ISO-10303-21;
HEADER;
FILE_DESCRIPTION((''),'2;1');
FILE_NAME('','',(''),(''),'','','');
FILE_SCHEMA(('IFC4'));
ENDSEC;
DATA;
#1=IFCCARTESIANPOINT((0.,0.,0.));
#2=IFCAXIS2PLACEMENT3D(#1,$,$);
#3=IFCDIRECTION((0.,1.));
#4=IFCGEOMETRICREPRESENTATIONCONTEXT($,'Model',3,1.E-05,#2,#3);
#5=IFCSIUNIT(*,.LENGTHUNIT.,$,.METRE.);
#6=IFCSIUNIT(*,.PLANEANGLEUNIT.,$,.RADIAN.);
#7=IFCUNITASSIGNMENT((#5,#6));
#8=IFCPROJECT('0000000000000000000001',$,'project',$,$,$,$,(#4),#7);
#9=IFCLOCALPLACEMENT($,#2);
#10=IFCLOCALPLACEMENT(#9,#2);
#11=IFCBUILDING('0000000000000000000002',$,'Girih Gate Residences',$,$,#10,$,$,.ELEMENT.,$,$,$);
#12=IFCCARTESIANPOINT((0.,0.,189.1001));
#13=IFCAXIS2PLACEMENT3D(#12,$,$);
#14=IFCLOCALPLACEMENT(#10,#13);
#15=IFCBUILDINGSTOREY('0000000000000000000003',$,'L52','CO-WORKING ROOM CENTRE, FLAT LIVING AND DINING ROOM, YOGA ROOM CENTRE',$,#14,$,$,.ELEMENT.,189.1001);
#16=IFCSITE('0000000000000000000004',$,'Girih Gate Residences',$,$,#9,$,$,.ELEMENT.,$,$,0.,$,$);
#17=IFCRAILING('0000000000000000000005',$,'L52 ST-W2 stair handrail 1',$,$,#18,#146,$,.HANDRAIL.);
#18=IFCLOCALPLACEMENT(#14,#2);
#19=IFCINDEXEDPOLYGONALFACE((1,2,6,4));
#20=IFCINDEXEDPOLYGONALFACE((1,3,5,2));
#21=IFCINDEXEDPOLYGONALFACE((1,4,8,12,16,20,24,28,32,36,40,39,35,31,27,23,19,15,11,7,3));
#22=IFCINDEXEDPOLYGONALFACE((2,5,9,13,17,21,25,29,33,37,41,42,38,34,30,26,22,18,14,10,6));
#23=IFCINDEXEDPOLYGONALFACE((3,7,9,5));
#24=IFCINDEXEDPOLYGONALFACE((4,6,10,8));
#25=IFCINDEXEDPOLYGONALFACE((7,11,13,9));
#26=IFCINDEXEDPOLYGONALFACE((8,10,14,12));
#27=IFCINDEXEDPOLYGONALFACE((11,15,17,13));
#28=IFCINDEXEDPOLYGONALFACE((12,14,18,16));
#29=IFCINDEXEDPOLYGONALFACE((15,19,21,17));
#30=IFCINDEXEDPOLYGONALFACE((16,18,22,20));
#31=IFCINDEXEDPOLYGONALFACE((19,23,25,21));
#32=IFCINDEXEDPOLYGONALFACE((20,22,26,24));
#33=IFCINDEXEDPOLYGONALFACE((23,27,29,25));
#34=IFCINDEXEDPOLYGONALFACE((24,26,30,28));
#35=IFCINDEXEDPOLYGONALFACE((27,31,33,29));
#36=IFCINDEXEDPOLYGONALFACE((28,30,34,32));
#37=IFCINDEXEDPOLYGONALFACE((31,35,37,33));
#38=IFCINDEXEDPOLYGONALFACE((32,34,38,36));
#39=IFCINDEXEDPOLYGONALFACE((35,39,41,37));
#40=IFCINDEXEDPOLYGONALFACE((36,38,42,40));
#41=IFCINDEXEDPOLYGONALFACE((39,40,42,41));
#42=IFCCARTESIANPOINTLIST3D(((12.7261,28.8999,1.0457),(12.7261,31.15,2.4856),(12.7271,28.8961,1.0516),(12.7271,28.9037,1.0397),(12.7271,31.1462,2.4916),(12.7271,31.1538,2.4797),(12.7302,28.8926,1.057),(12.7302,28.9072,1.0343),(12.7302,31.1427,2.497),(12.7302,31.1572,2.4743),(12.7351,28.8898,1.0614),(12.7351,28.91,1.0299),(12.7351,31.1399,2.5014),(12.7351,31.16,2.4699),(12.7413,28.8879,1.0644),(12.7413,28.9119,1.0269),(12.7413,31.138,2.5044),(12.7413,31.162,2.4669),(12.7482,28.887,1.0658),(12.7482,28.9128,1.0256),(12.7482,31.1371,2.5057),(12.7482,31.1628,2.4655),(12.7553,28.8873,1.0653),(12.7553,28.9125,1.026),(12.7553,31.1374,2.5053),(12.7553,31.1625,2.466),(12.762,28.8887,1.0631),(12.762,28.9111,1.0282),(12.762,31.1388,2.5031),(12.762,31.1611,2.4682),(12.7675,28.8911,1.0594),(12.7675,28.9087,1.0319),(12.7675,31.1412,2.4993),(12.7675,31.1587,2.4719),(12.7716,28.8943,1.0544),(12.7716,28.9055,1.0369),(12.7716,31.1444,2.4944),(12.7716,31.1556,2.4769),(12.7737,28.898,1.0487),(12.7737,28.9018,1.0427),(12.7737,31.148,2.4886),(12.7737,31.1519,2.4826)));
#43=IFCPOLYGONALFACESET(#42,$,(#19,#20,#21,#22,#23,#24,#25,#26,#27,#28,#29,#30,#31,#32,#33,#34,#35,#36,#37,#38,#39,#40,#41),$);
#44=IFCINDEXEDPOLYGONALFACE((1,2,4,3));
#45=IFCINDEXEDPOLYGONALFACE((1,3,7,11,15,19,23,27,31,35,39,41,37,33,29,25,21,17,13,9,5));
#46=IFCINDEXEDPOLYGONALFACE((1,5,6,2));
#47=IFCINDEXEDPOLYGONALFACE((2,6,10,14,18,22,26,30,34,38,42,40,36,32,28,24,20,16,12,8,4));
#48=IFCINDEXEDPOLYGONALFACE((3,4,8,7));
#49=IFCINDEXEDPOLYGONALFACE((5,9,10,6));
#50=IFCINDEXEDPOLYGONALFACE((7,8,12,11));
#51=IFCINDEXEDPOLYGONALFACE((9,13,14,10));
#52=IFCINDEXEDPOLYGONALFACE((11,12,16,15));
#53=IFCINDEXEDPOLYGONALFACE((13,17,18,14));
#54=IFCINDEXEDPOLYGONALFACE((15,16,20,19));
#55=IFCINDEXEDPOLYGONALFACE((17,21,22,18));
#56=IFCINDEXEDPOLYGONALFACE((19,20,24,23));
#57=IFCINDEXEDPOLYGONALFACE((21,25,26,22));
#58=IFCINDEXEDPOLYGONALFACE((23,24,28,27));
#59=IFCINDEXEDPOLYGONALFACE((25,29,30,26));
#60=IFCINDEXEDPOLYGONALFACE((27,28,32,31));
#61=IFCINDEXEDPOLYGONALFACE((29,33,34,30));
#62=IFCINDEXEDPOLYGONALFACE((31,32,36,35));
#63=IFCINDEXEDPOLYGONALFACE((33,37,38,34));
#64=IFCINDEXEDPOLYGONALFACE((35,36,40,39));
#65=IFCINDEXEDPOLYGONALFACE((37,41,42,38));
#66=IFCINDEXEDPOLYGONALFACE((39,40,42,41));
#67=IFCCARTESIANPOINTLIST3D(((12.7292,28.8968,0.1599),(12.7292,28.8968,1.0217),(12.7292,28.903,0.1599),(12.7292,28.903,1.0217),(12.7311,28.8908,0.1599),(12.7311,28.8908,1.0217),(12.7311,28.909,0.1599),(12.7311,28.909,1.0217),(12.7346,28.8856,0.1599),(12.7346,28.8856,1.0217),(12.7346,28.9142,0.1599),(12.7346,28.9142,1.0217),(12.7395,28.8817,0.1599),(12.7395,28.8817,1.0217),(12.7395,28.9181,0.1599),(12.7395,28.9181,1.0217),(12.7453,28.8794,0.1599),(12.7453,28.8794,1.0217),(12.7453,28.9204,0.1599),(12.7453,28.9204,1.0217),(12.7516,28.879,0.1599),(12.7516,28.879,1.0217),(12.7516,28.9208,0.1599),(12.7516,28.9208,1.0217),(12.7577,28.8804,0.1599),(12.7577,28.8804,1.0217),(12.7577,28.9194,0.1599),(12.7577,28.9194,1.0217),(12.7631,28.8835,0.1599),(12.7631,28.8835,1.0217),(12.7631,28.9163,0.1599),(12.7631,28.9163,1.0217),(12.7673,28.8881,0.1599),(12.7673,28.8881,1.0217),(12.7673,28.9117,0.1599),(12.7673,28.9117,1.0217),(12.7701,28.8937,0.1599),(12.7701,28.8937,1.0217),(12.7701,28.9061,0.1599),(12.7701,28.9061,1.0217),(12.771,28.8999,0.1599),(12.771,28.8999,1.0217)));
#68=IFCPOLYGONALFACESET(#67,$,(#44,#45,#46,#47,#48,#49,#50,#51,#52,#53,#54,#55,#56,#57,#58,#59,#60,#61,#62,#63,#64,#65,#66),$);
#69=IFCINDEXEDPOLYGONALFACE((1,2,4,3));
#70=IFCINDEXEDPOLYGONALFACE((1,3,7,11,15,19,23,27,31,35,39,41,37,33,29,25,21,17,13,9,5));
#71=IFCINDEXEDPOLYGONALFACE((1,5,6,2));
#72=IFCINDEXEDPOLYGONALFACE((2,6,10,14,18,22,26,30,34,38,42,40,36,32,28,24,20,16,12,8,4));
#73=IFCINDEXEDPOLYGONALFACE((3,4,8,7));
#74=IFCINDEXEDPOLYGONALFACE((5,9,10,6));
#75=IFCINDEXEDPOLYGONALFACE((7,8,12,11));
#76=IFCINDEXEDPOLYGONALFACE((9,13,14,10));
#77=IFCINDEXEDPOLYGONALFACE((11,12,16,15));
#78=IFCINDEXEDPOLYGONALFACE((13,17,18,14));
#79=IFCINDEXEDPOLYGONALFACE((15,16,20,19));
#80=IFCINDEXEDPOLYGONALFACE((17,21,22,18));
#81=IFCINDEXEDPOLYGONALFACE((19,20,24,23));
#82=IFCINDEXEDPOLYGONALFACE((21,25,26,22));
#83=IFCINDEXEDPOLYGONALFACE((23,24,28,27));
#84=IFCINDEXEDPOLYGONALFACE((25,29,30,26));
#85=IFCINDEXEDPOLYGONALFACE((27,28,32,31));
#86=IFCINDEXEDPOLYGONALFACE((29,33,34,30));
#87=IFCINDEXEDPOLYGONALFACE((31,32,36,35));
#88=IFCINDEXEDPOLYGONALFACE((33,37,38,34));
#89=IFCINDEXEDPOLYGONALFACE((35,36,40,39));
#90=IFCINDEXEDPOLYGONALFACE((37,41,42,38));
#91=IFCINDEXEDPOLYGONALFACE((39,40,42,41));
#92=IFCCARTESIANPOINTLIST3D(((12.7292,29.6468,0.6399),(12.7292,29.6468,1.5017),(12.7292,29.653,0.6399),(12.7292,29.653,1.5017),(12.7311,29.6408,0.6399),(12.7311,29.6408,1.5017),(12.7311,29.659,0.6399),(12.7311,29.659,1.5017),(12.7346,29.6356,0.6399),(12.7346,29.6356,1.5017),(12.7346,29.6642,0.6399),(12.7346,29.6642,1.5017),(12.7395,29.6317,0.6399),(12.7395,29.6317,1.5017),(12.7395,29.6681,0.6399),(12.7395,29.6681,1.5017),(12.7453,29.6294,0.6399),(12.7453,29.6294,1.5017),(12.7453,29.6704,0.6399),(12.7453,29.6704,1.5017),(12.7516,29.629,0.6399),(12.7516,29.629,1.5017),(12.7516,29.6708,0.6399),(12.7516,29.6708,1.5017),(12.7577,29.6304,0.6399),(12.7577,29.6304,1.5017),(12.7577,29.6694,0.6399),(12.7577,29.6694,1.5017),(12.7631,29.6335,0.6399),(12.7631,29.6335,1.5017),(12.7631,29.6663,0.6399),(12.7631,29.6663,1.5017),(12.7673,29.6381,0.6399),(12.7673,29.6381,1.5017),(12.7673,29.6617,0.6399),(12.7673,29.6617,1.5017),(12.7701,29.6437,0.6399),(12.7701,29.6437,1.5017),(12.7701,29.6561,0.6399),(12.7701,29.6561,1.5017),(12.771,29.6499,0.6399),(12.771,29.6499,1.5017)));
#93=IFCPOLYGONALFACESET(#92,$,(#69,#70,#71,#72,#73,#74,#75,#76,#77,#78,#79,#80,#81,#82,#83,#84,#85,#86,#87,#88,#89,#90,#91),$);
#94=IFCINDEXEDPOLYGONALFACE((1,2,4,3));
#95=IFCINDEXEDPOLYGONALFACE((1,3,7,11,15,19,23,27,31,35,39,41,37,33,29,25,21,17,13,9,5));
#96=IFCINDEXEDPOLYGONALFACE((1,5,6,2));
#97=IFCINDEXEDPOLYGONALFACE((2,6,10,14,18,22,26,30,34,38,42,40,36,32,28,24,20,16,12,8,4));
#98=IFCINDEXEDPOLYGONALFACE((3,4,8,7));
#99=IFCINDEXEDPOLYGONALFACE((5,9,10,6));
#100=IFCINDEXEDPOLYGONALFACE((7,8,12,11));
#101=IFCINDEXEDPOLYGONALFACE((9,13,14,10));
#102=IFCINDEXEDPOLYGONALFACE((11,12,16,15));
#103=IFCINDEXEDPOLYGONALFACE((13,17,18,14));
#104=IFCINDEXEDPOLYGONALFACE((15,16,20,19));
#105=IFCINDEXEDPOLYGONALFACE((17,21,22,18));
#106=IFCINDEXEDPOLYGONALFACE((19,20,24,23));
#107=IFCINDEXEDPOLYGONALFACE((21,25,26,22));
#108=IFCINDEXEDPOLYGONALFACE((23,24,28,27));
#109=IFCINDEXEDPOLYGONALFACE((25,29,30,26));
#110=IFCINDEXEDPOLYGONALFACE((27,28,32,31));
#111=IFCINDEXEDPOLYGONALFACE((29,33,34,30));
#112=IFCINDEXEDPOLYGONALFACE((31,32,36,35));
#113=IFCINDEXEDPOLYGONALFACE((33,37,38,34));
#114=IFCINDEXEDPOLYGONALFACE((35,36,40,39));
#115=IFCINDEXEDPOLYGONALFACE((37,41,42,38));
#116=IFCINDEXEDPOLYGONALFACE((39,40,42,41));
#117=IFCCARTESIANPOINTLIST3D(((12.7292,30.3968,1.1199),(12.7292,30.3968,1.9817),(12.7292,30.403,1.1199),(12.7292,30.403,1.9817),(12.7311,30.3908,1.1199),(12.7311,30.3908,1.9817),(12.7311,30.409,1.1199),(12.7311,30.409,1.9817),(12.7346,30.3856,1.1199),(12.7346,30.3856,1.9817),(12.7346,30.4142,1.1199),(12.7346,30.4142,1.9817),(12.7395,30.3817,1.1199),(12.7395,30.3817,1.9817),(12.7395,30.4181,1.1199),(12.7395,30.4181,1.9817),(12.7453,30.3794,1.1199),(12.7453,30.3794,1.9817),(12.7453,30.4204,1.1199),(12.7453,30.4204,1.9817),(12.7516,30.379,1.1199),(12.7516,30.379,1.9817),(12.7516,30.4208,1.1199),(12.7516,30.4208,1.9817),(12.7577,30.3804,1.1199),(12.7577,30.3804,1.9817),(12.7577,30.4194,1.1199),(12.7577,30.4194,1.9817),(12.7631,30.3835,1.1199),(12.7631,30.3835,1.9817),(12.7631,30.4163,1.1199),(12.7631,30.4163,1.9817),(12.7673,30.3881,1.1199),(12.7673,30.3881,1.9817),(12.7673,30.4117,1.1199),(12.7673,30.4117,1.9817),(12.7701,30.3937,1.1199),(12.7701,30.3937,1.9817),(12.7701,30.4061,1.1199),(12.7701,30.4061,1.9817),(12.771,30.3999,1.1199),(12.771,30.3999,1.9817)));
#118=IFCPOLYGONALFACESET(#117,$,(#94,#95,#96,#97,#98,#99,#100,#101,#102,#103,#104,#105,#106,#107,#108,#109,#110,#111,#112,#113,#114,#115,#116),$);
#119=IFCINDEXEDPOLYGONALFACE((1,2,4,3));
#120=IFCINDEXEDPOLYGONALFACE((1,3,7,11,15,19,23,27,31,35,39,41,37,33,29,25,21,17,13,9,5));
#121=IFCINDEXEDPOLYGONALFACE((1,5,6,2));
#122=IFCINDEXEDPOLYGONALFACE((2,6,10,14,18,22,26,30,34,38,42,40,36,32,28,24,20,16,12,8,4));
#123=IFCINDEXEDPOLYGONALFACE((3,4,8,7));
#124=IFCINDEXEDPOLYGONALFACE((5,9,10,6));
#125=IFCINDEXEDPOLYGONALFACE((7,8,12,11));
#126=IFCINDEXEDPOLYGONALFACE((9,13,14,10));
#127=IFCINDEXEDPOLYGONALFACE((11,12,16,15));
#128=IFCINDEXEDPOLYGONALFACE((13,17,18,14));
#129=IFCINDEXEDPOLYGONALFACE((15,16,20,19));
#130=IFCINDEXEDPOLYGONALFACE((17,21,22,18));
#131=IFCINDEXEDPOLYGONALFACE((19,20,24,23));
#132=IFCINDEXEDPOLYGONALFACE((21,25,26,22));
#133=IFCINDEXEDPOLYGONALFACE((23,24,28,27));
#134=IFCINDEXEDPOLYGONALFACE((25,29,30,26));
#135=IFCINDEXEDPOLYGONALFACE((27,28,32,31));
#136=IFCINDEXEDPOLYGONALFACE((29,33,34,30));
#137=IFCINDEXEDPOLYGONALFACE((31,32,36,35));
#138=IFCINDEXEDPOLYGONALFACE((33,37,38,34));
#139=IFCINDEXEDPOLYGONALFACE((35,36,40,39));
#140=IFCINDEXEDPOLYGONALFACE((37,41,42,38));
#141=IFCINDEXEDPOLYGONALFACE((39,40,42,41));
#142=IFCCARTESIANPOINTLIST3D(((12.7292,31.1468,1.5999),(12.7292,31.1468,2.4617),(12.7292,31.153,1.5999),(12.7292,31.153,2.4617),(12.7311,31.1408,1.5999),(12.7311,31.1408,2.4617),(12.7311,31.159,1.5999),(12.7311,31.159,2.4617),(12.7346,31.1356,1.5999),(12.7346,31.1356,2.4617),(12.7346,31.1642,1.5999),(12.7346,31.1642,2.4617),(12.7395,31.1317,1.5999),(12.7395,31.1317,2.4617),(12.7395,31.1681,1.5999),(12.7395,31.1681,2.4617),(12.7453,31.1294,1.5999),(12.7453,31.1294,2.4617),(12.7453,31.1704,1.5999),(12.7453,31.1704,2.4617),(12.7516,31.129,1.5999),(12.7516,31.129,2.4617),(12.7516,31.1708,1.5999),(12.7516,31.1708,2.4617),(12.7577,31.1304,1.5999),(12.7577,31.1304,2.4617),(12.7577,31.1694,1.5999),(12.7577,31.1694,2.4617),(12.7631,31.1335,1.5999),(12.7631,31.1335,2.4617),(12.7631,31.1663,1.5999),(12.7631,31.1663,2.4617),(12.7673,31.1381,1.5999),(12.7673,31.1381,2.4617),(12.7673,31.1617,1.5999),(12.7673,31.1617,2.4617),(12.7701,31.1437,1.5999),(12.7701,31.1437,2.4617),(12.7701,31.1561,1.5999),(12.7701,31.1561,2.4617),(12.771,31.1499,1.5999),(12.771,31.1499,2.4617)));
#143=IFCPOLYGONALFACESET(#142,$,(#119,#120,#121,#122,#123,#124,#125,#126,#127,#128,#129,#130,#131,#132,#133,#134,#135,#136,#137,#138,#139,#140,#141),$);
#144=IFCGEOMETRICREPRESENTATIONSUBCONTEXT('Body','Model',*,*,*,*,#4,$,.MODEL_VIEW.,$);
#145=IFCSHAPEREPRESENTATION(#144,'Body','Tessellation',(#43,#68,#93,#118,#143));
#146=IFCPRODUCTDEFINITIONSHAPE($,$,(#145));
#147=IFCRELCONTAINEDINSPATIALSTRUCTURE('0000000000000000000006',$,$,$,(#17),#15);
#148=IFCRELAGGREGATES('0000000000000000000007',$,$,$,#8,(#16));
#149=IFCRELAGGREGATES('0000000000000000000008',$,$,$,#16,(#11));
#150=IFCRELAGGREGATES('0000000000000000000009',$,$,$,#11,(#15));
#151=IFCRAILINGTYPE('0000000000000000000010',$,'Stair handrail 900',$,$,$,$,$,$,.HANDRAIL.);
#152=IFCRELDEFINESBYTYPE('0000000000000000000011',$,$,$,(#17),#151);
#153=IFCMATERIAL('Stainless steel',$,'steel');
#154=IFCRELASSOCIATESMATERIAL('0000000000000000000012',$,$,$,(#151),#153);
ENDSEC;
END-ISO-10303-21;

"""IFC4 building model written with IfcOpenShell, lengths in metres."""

from ifc_helpers import new_model, si_unit, direction, frame, origin, origin_2d, place, context, subcontext, project, spatial, circle, extrude, material, type_object, element, save


model = new_model("IFC4")

# Units and contexts
model_context = context("Model", 3, precision=1e-05, world=origin(), true_north=direction((0.0, 1.0)))
body_context = subcontext(model_context, "Body", "Model", "MODEL_VIEW")
ifc_project = project(units=[si_unit("LENGTHUNIT", "METRE"), si_unit("PLANEANGLEUNIT", "RADIAN")], contexts=[model_context])

# Site, building, storey
site_placement = place(None, origin())
site = spatial("IfcSite", under=ifc_project, at=site_placement, Name="Girih Gate Residences", CompositionType="ELEMENT", RefElevation=0.0)
building_placement = place(site_placement, origin())
building = spatial("IfcBuilding", under=site, at=building_placement, Name="Girih Gate Residences", CompositionType="ELEMENT")
storey_placement = place(building_placement, frame((0.0, 0.0, 189.1001)))
storey = spatial("IfcBuildingStorey", under=building, at=storey_placement, Name="L52", Description="CO-WORKING ROOM CENTRE, FLAT LIVING AND DINING ROOM, YOGA ROOM CENTRE", CompositionType="ELEMENT", Elevation=189.1001)

# Railing
ifc_material_1 = material(Name="Stainless steel", Category="steel")
railing_type_1 = type_object("IfcRailingType", Name="Stair handrail 900", PredefinedType="HANDRAIL", material=ifc_material_1)
for number, where, name in (
    (1, (12.75, 28.8999, 0.1599), "L52 ST-W2 stair handrail 1"),
):
    element("IfcRailing", number, at=place(storey_placement, frame(where)), inside=storey, type_object=railing_type_1, Name=name, PredefinedType="HANDRAIL", context=body_context, shape_type="SweptSolid", body=[
        extrude(circle(Radius=0.0239, at=origin_2d()), frame((0.0, 0.0, 0.8857), z_axis=(0.0, 0.842281, 0.539038), x_axis=(-1.0, 0.0, 0.0)), (0.0, 0.0, 1.0), 2.6714),
        extrude(circle(Radius=0.021, at=origin_2d()), origin(), (0.0, 0.0, 1.0), 0.8618),
        extrude(circle(Radius=0.021, at=origin_2d()), frame((0.0, 0.75, 0.48)), (0.0, 0.0, 1.0), 0.8618),
        extrude(circle(Radius=0.021, at=origin_2d()), frame((0.0, 1.5, 0.96)), (0.0, 0.0, 1.0), 0.8618),
        extrude(circle(Radius=0.021, at=origin_2d()), frame((0.0, 2.25, 1.4399)), (0.0, 0.0, 1.0), 0.8618),
    ])

save(model, "model.ifc")
